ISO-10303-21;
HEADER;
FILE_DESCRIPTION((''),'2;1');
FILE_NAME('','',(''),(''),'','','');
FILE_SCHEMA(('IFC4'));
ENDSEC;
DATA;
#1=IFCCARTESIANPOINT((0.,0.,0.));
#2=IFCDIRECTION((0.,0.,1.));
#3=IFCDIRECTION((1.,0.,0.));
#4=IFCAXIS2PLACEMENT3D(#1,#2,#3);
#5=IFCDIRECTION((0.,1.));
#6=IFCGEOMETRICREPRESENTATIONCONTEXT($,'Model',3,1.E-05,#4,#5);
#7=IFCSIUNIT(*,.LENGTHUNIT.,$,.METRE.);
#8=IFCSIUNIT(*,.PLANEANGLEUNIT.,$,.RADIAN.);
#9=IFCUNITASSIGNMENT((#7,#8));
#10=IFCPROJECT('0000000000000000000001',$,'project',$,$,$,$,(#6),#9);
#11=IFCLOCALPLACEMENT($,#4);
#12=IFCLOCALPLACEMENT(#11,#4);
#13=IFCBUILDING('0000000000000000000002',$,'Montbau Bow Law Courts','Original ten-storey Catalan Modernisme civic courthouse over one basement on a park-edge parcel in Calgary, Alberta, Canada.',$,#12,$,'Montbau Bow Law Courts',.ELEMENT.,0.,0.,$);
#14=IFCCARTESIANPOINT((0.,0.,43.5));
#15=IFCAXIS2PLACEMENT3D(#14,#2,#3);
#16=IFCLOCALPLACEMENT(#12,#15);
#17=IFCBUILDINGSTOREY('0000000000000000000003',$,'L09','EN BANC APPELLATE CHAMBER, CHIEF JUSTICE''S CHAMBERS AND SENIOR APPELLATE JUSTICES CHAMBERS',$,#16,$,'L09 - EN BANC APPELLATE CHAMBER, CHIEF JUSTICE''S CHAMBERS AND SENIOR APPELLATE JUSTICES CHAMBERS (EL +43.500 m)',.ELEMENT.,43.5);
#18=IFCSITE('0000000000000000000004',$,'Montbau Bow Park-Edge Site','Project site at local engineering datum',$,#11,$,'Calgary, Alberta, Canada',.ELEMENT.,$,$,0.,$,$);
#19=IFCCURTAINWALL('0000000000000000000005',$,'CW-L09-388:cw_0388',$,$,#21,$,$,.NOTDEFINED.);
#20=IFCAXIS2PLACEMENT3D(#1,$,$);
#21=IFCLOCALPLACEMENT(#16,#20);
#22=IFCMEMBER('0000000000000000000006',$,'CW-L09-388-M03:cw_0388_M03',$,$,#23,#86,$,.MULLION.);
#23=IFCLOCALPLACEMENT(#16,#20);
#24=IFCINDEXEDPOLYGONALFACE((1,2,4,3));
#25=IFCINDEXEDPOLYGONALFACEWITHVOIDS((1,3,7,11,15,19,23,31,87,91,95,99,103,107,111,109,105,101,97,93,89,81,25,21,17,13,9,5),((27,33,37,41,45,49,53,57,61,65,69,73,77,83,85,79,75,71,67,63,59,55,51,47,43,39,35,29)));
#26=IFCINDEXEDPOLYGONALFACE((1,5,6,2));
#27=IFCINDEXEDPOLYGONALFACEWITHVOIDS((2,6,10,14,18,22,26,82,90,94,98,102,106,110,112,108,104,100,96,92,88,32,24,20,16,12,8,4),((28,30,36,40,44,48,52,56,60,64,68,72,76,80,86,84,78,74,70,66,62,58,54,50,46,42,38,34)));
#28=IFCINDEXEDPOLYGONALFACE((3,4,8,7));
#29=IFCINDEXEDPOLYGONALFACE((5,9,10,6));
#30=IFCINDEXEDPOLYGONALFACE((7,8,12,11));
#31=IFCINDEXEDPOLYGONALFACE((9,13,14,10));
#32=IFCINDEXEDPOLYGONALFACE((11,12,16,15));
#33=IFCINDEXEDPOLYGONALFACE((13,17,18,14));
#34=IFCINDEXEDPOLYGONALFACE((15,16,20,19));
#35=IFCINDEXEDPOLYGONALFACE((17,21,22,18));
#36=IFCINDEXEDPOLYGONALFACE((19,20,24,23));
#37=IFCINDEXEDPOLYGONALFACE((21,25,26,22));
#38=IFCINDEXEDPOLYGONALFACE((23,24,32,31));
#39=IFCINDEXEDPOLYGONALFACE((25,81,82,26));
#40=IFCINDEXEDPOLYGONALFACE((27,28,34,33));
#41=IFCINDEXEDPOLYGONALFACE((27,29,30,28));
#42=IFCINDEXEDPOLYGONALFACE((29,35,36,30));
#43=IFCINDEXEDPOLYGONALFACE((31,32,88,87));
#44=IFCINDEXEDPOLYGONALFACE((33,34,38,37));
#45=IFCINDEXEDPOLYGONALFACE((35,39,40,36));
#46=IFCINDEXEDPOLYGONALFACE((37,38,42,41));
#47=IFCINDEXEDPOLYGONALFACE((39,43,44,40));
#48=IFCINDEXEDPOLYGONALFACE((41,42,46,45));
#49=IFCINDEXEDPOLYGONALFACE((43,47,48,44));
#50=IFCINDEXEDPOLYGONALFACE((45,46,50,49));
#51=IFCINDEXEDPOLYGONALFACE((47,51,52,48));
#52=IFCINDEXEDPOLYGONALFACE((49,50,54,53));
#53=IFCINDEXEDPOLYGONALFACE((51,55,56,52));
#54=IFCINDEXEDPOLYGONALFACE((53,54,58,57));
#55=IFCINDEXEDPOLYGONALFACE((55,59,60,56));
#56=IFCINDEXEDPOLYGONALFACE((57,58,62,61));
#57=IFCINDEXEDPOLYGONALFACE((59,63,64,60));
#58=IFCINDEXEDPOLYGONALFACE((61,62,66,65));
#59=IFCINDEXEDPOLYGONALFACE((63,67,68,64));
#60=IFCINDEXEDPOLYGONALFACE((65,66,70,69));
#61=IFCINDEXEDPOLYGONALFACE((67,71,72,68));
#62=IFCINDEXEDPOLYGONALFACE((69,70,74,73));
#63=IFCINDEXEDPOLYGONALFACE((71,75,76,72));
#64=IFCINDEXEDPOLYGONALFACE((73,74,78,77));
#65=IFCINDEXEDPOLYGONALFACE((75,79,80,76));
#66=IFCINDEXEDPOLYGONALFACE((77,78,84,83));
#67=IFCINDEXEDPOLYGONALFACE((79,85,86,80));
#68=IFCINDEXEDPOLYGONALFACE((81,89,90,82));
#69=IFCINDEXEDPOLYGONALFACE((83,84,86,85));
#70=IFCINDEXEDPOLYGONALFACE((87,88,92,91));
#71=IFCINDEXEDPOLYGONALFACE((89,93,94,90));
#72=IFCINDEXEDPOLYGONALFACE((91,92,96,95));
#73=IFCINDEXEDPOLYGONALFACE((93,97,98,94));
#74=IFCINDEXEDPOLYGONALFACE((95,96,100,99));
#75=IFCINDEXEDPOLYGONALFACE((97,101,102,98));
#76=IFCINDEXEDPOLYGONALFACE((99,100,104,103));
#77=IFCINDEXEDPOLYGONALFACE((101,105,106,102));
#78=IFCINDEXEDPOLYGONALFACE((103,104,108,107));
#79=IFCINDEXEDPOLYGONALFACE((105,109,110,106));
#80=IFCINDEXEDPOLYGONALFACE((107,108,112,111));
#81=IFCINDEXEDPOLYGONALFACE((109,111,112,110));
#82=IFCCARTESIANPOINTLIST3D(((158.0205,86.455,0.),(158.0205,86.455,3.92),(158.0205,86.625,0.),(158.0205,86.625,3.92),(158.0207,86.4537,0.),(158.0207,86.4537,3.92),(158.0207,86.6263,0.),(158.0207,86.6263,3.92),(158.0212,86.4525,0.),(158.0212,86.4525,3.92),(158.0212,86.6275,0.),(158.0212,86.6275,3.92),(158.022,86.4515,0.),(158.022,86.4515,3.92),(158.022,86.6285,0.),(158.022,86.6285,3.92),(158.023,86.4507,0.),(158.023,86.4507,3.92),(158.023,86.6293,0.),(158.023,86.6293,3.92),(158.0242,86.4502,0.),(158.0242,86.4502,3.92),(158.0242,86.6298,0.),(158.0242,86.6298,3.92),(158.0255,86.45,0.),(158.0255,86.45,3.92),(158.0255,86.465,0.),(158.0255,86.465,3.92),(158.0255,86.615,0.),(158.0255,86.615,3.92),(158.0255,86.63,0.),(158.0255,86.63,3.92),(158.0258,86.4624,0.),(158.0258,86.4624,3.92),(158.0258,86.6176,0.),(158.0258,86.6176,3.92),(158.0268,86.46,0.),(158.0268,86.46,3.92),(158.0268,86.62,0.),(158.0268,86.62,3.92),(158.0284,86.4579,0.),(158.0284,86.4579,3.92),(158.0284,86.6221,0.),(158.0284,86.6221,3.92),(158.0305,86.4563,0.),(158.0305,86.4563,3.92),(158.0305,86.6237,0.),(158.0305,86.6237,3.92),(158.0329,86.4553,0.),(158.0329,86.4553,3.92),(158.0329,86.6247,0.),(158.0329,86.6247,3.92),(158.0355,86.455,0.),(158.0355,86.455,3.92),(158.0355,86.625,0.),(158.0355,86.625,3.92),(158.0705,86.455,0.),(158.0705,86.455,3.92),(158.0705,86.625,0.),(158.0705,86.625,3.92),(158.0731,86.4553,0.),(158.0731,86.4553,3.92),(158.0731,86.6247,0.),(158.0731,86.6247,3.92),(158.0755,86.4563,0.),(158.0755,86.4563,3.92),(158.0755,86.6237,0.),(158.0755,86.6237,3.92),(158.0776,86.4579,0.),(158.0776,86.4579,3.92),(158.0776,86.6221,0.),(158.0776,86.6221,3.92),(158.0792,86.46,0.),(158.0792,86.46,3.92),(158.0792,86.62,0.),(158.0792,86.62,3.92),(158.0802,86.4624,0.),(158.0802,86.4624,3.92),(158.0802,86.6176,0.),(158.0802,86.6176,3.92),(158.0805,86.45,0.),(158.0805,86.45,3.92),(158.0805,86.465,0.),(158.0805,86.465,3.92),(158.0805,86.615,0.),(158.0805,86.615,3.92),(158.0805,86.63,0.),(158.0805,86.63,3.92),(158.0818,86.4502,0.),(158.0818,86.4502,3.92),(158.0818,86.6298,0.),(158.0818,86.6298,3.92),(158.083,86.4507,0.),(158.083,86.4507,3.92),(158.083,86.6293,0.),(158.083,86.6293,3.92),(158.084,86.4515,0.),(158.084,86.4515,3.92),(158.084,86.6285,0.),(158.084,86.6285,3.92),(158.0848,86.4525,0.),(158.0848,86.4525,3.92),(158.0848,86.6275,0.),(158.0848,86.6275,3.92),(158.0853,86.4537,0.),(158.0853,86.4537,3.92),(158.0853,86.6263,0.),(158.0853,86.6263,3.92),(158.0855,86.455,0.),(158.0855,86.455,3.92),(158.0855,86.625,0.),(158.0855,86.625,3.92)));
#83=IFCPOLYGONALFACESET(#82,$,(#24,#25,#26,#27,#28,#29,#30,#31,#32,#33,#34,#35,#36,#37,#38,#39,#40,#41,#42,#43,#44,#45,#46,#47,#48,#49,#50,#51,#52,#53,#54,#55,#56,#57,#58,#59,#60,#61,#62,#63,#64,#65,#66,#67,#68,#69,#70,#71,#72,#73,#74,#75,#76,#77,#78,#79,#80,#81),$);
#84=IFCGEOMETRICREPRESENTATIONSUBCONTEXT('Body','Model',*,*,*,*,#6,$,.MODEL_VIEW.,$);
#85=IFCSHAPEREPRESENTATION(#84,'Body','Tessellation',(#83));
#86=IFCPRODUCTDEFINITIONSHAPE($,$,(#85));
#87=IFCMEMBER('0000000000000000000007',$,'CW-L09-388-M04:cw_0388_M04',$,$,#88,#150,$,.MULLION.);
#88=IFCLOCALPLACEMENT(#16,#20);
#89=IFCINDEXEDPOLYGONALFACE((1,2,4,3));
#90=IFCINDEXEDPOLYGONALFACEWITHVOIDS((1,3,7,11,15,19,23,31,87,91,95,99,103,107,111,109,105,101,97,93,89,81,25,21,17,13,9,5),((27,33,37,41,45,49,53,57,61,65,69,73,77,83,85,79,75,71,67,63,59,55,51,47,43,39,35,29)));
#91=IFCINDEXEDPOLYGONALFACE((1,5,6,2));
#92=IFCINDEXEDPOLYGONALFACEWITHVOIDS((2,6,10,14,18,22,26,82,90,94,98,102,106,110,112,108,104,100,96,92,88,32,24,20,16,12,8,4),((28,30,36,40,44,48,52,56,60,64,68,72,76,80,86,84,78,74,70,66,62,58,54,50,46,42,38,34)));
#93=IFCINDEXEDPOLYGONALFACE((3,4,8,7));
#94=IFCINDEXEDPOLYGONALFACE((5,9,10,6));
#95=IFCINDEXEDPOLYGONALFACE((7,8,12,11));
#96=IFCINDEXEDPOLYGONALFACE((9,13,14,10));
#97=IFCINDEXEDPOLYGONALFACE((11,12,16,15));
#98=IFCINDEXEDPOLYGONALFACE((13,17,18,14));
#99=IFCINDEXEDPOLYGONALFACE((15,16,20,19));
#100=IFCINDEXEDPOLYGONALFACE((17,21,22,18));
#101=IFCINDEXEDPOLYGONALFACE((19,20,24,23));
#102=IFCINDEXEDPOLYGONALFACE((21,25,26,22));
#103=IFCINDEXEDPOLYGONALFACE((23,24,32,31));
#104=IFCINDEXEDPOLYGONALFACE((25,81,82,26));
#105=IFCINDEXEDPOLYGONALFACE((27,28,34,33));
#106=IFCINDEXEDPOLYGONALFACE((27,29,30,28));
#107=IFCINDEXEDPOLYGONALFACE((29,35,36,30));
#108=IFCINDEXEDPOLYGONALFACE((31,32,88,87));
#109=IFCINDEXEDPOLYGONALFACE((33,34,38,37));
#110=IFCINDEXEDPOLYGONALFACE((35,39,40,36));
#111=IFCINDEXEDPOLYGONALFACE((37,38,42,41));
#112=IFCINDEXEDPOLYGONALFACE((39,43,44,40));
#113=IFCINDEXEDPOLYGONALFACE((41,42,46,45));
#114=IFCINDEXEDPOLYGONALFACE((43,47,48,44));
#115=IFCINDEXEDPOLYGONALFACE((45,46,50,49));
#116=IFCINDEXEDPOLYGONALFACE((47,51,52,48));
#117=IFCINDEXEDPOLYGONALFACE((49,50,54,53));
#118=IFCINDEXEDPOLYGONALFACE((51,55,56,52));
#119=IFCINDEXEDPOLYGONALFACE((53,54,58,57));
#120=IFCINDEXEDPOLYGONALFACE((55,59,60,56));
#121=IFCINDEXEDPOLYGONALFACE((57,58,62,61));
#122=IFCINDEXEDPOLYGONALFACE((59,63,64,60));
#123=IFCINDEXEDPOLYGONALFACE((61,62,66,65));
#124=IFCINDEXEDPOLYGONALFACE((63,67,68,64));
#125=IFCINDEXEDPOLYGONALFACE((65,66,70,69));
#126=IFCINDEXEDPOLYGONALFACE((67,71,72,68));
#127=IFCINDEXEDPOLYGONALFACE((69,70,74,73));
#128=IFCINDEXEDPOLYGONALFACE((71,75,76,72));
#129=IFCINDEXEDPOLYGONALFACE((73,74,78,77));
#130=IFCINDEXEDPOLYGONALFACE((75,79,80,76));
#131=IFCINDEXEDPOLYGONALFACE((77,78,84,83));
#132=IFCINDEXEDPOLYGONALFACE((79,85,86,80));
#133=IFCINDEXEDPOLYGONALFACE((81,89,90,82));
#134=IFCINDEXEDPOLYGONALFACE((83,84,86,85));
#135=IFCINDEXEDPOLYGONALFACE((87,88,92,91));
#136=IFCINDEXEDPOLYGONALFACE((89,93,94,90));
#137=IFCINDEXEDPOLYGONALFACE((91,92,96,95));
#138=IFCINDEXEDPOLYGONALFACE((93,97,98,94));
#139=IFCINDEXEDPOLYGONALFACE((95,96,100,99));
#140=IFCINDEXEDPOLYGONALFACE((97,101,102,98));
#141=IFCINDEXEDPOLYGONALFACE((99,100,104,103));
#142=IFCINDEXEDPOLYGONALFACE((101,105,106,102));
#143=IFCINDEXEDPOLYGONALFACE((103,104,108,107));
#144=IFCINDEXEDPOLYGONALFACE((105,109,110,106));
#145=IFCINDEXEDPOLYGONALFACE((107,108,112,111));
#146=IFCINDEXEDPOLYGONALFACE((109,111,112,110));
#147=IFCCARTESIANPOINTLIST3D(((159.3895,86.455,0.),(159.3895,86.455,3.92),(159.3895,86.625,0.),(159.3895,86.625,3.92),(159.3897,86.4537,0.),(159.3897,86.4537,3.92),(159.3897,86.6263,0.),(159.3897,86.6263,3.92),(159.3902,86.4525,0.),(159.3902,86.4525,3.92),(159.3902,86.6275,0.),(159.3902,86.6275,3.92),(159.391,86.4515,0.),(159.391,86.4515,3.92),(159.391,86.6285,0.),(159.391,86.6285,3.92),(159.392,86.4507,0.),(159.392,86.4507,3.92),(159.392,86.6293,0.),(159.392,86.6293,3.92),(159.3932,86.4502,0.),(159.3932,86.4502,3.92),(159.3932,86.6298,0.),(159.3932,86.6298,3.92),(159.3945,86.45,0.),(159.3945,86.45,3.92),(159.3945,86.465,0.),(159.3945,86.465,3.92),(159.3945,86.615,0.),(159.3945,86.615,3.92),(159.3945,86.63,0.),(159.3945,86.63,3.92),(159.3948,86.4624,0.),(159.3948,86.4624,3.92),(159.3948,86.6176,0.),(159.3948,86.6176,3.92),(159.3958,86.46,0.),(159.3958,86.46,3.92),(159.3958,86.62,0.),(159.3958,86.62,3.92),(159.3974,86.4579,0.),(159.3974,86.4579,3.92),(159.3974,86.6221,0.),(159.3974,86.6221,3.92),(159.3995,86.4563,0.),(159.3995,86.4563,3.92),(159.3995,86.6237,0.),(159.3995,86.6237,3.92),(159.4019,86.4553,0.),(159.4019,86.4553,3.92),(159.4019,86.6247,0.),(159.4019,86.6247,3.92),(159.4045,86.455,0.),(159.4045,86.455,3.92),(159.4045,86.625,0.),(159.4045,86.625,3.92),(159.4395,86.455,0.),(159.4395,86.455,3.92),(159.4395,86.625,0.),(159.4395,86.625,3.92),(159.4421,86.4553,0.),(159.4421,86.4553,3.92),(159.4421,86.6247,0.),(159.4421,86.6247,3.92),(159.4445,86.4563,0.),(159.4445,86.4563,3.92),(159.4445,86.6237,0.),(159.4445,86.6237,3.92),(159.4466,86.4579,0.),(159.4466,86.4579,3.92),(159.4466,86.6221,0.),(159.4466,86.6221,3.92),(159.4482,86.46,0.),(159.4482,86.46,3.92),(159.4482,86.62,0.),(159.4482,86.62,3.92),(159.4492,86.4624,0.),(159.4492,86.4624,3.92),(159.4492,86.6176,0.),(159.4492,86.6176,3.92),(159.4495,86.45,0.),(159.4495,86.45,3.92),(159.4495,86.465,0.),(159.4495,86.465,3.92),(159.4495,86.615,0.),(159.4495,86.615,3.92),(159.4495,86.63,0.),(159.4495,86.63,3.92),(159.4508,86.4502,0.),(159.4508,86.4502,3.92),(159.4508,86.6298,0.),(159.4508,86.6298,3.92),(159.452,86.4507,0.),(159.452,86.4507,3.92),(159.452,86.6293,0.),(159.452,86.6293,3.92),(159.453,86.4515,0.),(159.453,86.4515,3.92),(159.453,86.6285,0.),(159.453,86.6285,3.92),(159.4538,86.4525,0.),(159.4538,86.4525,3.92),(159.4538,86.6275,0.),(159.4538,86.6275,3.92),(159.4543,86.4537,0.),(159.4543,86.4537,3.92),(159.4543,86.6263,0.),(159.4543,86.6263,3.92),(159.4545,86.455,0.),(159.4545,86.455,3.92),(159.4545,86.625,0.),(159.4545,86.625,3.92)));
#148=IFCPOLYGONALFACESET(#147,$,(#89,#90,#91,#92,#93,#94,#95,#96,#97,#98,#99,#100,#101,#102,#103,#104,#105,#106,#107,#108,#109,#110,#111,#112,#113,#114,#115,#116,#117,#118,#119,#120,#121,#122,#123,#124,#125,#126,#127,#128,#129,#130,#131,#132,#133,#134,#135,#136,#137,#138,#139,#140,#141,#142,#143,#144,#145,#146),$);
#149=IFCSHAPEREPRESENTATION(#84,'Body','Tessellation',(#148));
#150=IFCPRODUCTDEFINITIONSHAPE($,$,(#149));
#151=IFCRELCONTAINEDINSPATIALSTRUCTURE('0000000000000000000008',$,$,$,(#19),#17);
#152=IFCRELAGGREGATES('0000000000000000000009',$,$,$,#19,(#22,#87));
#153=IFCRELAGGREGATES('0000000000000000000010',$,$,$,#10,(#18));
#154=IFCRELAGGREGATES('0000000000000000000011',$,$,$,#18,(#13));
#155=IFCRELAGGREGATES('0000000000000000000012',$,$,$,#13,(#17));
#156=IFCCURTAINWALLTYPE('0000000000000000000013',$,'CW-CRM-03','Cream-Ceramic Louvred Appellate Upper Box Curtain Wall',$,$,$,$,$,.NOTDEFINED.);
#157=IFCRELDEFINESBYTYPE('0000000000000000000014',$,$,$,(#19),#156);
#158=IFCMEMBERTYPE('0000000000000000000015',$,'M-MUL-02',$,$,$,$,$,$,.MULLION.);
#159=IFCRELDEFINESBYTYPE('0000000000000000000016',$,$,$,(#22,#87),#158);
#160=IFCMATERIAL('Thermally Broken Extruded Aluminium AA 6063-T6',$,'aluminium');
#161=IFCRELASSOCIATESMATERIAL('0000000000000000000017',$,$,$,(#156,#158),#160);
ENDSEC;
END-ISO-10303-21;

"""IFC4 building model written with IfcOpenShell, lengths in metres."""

from ifc_helpers import new_model, si_unit, direction, frame, origin_with_axes, origin_2d_with_axis, place, context, subcontext, project, spatial, hollow_rectangle, extrude, material, material_profile, profile_set, type_object, element, aggregate, save


model = new_model("IFC4")

# Units and contexts
model_context = context("Model", 3, precision=1e-05, world=origin_with_axes(), true_north=direction((0.0, 1.0)))
body_context = subcontext(model_context, "Body", "Model", "MODEL_VIEW")
ifc_project = project(units=[si_unit("LENGTHUNIT", "METRE"), si_unit("PLANEANGLEUNIT", "RADIAN")], contexts=[model_context])

# Site, building, storey
site_placement = place(None, origin_with_axes())
site = spatial("IfcSite", under=ifc_project, at=site_placement, Name="Montbau Bow Park-Edge Site", Description="Project site at local engineering datum", LongName="Calgary, Alberta, Canada", CompositionType="ELEMENT", RefElevation=0.0)
building_placement = place(site_placement, origin_with_axes())
building = spatial("IfcBuilding", under=site, at=building_placement, Name="Montbau Bow Law Courts", Description="Original ten-storey Catalan Modernisme civic courthouse over one basement on a park-edge parcel in Calgary, Alberta, Canada.", LongName="Montbau Bow Law Courts", CompositionType="ELEMENT", ElevationOfRefHeight=0.0, ElevationOfTerrain=0.0)
storey_placement = place(building_placement, frame((0.0, 0.0, 43.5), z_axis=(0.0, 0.0, 1.0), x_axis=(1.0, 0.0, 0.0)))
storey = spatial("IfcBuildingStorey", under=building, at=storey_placement, Name="L09", Description="EN BANC APPELLATE CHAMBER, CHIEF JUSTICE'S CHAMBERS AND SENIOR APPELLATE JUSTICES CHAMBERS", LongName="L09 - EN BANC APPELLATE CHAMBER, CHIEF JUSTICE'S CHAMBERS AND SENIOR APPELLATE JUSTICES CHAMBERS (EL +43.500 m)", CompositionType="ELEMENT", Elevation=43.5)

# Curtain wall, members
ifc_material_1 = material(Name="Thermally Broken Extruded Aluminium AA 6063-T6", Category="aluminium")
curtain_wall_type = type_object("IfcCurtainWallType", Name="CW-CRM-03", Description="Cream-Ceramic Louvred Appellate Upper Box Curtain Wall", PredefinedType="NOTDEFINED", material=ifc_material_1)
curtain_wall_placement = place(None, frame((155.315, 86.54, 43.5), z_axis=(0.0, 0.0, 1.0), x_axis=(1.0, 0.0, 0.0)))
curtain_wall = element("IfcCurtainWall", 1, at=curtain_wall_placement, inside=storey, type_object=curtain_wall_type, Name="CW-L09-388:cw_0388", PredefinedType="NOTDEFINED")
ifc_material_profile_1 = material_profile(ifc_material_1, hollow_rectangle(XDim=0.065, YDim=0.18, WallThickness=0.005, InnerFilletRadius=0.01, OuterFilletRadius=0.005, at=origin_2d_with_axis()), Name="CWM-180X65", Category="Main", Priority=0)
ifc_profile_set_1 = profile_set([ifc_material_profile_1], Name="Thermally Broken Extruded Aluminium AA 6063-T6")
member_type_1 = type_object("IfcMemberType", Name="M-MUL-02", PredefinedType="MULLION", material=ifc_profile_set_1)
member_1_placement = place(None, frame((158.053, 86.54, 43.5), z_axis=(0.0, 0.0, 1.0), x_axis=(1.0, 0.0, 0.0)))
member_1 = element("IfcMember", 2, at=member_1_placement, type_object=member_type_1, Name="CW-L09-388-M03:cw_0388_M03", PredefinedType="MULLION", context=body_context, shape_type="SweptSolid", body=[
    extrude(hollow_rectangle(XDim=0.065, YDim=0.18, WallThickness=0.005, InnerFilletRadius=0.01, OuterFilletRadius=0.005, at=origin_2d_with_axis()), origin_with_axes(), (0.0, 0.0, 1.0), 3.92),
])
member_2_placement = place(None, frame((159.422, 86.54, 43.5), z_axis=(0.0, 0.0, 1.0), x_axis=(1.0, 0.0, 0.0)))
member_2 = element("IfcMember", 3, at=member_2_placement, type_object=member_type_1, Name="CW-L09-388-M04:cw_0388_M04", PredefinedType="MULLION", context=body_context, shape_type="SweptSolid", body=[
    extrude(hollow_rectangle(XDim=0.065, YDim=0.18, WallThickness=0.005, InnerFilletRadius=0.01, OuterFilletRadius=0.005, at=origin_2d_with_axis()), origin_with_axes(), (0.0, 0.0, 1.0), 3.92),
])
aggregate(curtain_wall, [member_1, member_2])

save(model, "model.ifc")
